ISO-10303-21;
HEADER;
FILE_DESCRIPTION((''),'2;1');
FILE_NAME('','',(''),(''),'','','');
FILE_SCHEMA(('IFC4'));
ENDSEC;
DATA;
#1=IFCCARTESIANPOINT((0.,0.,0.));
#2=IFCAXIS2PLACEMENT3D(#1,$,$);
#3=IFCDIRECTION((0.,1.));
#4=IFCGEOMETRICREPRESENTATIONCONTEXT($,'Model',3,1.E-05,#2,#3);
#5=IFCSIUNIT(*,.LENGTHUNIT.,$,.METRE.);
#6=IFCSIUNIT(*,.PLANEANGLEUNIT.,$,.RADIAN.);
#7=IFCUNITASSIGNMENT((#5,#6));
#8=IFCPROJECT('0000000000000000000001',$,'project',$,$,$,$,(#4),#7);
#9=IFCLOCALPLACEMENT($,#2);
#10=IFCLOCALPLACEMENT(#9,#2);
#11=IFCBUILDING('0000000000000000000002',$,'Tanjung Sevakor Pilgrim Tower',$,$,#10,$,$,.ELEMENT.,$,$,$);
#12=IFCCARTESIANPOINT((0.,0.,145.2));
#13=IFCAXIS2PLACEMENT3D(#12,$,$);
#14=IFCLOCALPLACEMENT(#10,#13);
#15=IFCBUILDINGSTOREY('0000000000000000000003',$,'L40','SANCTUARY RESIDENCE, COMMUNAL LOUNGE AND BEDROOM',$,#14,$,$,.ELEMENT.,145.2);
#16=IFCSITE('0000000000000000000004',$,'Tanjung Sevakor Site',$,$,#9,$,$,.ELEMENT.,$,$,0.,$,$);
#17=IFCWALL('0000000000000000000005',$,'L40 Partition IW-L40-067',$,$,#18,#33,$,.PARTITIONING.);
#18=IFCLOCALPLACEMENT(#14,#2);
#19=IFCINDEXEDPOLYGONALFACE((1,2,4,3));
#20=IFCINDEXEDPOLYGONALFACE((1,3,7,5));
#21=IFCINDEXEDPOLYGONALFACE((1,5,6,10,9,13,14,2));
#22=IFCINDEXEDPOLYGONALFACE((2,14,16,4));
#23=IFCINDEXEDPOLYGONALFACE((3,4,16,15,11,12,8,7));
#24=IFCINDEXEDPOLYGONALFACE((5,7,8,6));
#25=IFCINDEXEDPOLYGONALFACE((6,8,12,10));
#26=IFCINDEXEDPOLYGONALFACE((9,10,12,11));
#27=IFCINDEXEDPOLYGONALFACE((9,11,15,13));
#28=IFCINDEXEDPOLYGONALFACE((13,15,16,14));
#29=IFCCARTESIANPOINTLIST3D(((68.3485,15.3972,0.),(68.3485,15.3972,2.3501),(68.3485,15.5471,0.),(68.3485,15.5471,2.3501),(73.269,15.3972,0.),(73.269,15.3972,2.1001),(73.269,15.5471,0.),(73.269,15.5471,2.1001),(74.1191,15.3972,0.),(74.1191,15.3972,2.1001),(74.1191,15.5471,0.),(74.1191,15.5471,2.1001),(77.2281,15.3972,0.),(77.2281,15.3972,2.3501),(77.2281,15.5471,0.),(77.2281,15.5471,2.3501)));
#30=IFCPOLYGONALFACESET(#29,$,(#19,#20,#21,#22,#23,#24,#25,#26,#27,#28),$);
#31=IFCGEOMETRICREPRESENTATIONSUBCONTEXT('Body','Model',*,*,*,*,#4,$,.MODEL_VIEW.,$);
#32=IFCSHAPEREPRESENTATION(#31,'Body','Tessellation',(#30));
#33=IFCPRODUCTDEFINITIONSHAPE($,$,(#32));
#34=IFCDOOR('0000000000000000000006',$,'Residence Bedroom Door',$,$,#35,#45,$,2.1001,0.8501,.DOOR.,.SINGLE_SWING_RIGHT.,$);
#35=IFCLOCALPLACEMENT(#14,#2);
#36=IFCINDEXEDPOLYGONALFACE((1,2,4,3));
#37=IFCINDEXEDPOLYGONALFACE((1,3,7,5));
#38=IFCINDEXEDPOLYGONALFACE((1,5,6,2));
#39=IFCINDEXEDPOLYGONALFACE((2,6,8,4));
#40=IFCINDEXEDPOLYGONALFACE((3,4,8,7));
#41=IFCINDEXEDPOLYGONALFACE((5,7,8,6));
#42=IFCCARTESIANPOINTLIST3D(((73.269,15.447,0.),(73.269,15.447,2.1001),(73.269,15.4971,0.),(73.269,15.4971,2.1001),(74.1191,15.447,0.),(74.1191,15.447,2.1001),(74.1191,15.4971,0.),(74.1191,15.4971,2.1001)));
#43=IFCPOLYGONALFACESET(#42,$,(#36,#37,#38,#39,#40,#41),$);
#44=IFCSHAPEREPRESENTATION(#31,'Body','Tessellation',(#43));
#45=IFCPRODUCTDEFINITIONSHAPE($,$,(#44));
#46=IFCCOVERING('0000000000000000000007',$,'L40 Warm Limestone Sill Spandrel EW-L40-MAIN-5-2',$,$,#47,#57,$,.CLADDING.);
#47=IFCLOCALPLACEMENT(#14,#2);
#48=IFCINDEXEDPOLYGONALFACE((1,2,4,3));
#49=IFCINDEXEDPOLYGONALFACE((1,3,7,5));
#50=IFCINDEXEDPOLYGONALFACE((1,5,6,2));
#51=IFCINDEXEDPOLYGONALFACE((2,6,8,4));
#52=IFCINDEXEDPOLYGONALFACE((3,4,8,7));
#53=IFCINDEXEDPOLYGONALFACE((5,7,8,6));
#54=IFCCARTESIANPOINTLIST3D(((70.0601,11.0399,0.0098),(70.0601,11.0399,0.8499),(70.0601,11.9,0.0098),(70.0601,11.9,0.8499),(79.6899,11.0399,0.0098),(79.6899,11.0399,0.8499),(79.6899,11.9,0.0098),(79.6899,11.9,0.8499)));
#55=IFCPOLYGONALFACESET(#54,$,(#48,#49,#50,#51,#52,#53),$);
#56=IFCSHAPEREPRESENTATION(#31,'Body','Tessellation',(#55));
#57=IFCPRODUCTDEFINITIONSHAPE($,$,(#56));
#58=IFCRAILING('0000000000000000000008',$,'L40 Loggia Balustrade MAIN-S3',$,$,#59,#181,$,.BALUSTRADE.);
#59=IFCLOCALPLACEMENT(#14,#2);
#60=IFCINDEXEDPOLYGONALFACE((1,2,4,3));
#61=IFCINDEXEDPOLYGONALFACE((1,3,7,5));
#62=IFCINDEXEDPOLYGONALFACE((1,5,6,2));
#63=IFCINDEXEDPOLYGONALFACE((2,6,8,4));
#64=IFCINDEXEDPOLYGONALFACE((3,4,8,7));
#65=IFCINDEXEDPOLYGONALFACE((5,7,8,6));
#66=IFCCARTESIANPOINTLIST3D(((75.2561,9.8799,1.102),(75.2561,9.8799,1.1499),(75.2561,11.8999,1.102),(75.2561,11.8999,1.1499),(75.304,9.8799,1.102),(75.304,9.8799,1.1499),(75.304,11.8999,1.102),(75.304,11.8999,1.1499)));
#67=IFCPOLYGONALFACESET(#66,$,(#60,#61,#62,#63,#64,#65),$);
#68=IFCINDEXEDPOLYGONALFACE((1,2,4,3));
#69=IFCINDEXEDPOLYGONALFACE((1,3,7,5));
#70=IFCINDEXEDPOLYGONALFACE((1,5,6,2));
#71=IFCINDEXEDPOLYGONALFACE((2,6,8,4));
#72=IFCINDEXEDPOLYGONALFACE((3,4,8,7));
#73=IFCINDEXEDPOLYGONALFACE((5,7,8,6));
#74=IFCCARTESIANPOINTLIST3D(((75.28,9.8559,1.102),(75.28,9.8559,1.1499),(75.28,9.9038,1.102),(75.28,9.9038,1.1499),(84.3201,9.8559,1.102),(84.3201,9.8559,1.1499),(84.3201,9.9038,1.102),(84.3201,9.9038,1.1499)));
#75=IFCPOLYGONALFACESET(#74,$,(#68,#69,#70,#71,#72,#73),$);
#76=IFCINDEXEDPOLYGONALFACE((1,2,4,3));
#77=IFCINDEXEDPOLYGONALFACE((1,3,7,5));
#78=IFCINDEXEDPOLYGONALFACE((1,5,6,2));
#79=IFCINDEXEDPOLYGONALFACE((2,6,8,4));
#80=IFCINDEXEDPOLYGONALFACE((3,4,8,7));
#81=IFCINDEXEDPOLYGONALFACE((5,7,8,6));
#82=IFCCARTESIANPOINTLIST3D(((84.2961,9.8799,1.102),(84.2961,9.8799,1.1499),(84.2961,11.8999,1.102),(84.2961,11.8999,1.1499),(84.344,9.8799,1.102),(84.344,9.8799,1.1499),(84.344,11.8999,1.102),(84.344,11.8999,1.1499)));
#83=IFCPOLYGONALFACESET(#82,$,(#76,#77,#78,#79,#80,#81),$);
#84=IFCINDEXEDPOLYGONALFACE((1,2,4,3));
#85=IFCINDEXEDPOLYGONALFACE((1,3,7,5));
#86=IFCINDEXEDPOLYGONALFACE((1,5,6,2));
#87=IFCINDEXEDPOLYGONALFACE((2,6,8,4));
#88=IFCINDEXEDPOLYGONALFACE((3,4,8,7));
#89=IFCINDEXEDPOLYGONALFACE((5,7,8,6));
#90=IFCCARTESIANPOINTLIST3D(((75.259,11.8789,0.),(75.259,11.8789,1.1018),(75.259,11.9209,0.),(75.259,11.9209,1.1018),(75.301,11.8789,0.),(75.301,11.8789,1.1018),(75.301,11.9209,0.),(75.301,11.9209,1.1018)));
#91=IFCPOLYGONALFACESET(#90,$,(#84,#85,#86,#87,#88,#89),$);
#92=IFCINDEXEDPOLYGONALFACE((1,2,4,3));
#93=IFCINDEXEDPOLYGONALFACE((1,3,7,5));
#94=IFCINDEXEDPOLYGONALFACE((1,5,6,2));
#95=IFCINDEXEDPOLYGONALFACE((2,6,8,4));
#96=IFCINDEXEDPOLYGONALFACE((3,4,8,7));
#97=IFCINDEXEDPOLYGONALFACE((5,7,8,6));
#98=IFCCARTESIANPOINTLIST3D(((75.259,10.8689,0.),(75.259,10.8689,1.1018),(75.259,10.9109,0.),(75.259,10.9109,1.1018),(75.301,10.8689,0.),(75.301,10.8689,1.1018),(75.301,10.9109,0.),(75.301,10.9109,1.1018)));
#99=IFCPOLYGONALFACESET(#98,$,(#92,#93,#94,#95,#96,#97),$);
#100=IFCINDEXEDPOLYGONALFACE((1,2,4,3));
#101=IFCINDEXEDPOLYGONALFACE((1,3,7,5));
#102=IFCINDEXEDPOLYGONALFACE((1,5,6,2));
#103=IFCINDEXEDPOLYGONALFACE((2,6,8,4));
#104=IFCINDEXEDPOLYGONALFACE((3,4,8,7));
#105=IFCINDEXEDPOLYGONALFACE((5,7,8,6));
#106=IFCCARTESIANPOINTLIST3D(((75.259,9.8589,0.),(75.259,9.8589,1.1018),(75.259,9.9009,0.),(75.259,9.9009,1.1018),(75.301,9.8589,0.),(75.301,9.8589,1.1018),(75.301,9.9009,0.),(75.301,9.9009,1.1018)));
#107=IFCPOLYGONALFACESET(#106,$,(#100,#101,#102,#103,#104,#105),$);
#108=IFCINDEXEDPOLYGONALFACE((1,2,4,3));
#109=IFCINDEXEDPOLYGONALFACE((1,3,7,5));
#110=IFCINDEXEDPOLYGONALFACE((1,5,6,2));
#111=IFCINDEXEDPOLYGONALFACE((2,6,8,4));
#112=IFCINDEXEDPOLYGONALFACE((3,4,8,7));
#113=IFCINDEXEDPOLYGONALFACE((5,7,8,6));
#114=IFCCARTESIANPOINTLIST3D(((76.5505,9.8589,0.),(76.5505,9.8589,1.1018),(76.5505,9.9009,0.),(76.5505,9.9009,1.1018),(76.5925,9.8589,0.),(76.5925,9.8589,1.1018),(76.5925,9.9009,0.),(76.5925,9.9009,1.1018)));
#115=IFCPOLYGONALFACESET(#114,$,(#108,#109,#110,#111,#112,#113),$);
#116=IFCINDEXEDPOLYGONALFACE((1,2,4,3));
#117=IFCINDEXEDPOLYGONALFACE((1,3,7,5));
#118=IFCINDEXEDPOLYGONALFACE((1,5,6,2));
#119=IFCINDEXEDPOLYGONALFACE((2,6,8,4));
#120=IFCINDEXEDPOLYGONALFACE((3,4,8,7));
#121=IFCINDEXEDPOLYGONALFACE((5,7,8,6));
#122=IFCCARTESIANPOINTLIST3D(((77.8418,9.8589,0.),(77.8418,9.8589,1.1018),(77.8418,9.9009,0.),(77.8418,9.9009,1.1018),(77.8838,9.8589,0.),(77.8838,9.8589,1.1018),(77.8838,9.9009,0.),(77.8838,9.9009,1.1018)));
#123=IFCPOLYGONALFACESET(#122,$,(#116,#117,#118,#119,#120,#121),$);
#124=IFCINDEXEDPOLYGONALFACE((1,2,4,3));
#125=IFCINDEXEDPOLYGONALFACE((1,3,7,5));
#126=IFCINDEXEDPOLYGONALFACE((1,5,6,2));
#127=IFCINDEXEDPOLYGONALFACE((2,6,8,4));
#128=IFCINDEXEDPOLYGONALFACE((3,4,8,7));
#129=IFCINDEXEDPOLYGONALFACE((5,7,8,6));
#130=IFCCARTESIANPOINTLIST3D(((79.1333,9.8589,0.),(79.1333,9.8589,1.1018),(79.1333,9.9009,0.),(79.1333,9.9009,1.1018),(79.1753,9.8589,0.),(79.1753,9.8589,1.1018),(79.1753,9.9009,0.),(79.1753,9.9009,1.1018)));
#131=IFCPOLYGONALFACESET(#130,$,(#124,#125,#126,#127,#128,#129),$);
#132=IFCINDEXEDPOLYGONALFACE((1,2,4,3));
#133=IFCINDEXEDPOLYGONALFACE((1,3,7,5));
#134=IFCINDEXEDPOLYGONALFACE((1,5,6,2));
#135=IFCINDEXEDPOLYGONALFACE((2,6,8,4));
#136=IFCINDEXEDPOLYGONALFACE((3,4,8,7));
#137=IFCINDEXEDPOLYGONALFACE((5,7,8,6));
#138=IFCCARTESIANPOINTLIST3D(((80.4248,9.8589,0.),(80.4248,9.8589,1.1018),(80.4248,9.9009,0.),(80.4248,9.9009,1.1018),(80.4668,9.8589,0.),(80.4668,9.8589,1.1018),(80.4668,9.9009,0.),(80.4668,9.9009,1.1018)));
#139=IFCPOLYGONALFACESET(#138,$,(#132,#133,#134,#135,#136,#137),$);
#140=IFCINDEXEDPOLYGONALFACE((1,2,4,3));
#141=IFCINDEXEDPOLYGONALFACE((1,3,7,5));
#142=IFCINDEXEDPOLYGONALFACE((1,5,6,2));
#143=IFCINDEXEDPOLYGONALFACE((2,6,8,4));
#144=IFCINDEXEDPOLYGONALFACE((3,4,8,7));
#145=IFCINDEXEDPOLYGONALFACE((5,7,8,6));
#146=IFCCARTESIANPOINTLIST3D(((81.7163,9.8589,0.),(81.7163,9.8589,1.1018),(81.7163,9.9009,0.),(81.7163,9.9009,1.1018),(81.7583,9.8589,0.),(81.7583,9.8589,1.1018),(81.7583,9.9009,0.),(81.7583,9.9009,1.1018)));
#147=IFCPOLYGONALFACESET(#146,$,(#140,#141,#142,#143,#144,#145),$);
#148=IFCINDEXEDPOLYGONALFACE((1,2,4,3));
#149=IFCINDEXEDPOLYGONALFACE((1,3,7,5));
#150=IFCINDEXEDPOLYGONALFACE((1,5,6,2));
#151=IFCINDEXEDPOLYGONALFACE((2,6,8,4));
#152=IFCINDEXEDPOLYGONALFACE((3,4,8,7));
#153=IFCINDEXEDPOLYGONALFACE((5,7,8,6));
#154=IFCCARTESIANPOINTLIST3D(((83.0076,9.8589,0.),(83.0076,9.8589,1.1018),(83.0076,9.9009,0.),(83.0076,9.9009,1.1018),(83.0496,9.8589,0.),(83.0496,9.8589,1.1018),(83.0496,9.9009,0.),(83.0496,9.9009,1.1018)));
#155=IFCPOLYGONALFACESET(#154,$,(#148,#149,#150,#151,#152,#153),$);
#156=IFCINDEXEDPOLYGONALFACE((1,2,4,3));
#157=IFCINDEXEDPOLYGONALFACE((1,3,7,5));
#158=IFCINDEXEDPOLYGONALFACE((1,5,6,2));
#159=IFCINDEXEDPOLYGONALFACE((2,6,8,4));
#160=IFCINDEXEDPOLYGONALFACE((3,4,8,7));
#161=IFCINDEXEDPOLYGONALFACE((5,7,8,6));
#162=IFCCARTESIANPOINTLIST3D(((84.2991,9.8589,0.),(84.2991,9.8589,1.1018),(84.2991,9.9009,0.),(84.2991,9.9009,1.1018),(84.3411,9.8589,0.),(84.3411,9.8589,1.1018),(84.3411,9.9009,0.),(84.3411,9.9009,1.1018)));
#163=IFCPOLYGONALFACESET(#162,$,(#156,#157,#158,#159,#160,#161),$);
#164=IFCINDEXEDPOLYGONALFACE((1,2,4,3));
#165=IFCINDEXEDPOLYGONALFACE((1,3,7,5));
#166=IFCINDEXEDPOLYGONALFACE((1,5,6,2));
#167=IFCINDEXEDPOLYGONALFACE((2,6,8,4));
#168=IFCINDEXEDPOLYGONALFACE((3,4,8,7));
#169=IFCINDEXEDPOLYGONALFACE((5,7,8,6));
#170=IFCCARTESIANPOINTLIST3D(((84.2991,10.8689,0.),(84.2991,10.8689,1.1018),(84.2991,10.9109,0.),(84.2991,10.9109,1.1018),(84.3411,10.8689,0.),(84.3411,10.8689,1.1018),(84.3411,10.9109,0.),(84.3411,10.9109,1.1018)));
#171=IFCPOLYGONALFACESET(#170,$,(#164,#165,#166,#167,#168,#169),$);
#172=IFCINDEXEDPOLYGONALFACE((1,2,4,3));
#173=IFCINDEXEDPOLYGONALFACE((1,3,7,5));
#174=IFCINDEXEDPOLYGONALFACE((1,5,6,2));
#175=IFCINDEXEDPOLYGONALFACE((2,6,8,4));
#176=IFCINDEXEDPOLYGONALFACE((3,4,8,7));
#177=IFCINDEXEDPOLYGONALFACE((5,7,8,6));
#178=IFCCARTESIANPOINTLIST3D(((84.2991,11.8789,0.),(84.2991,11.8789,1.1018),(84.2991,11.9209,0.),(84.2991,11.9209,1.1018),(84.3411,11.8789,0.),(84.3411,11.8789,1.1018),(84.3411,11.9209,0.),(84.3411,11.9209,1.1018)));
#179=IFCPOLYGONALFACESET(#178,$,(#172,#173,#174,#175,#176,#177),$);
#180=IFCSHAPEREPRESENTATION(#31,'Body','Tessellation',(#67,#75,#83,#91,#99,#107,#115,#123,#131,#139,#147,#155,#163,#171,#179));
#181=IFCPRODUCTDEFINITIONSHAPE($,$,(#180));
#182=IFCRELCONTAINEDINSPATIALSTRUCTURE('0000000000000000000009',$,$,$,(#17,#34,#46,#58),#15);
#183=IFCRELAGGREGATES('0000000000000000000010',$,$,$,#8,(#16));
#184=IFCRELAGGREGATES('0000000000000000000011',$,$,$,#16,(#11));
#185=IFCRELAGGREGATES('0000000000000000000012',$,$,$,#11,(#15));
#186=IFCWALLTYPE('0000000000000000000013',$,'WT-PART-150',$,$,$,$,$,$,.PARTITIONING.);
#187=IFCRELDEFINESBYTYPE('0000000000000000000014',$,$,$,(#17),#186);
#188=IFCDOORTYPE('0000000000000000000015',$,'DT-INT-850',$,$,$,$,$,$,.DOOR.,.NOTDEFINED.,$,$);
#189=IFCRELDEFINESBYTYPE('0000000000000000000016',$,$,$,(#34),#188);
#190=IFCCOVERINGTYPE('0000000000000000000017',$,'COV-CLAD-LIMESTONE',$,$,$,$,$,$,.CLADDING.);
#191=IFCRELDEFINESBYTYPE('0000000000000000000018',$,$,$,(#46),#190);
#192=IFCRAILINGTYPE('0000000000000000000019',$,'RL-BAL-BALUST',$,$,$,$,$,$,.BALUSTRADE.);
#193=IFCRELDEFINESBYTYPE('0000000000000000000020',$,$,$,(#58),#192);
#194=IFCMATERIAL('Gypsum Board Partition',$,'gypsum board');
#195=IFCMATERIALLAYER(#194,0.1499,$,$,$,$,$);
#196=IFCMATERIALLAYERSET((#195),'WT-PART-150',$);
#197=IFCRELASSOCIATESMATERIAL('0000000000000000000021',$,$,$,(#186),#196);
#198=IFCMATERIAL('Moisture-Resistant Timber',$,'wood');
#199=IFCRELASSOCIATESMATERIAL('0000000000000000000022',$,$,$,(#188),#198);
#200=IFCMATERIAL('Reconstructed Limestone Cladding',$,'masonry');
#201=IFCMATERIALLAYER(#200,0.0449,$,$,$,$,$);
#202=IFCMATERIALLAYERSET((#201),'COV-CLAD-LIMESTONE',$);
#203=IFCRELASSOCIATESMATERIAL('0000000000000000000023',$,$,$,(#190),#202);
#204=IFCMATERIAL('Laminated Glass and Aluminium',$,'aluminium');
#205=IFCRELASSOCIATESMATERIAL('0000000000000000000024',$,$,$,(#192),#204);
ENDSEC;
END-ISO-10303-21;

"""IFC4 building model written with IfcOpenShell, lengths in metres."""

from ifc_helpers import new_model, si_unit, direction, frame, frame_2d, origin, origin_2d, place, context, subcontext, project, spatial, rectangle, extrude, material, layer, layer_set, type_object, element, fill, save


model = new_model("IFC4")

# Units and contexts
model_context = context("Model", 3, precision=1e-05, world=origin(), true_north=direction((0.0, 1.0)))
body_context = subcontext(model_context, "Body", "Model", "MODEL_VIEW")
ifc_project = project(units=[si_unit("LENGTHUNIT", "METRE"), si_unit("PLANEANGLEUNIT", "RADIAN")], contexts=[model_context])

# Site, building, storey
site_placement = place(None, origin())
site = spatial("IfcSite", under=ifc_project, at=site_placement, Name="Tanjung Sevakor Site", CompositionType="ELEMENT", RefElevation=0.0)
building_placement = place(site_placement, origin())
building = spatial("IfcBuilding", under=site, at=building_placement, Name="Tanjung Sevakor Pilgrim Tower", CompositionType="ELEMENT")
storey_placement = place(building_placement, frame((0.0, 0.0, 145.2)))
storey = spatial("IfcBuildingStorey", under=building, at=storey_placement, Name="L40", Description="SANCTUARY RESIDENCE, COMMUNAL LOUNGE AND BEDROOM", CompositionType="ELEMENT", Elevation=145.2)

# Shared definitions
ifc_material_1 = material(Name="Gypsum Board Partition", Category="gypsum board")
ifc_layer_1 = layer(ifc_material_1, 0.1499)
ifc_layer_set_1 = layer_set([ifc_layer_1], Name="WT-PART-150")
wall_type_1 = type_object("IfcWallType", Name="WT-PART-150", PredefinedType="PARTITIONING", material=ifc_layer_set_1)

# Shared definitions
ifc_material_2 = material(Name="Moisture-Resistant Timber", Category="wood")
door_type_1 = type_object("IfcDoorType", Name="DT-INT-850", OperationType="NOTDEFINED", PredefinedType="DOOR", material=ifc_material_2)

# Wall, opening, door
wall_1_placement = place(storey_placement, frame((68.3484, 15.4722, 0.0), z_axis=(0.0, 0.0, 1.0), x_axis=(1.0, 0.0, 0.0)))
wall_1 = element("IfcWall", 1, at=wall_1_placement, inside=storey, type_object=wall_type_1, Name="L40 Partition IW-L40-067", PredefinedType="PARTITIONING", context=body_context, shape_type="SweptSolid", body=[
    extrude(rectangle(XDim=8.8796, YDim=0.1499, at=frame_2d((4.4399, 0.0))), origin(), (0.0, 0.0, 1.0), 2.3501),
])
opening_1_placement = place(wall_1_placement, frame((4.9207, 0.0, 0.0)))
opening_1 = element("IfcOpeningElement", 2, at=opening_1_placement, cuts=wall_1, PredefinedType="OPENING", context=body_context, shape_type="SweptSolid", body=[
    extrude(rectangle(XDim=0.8501, YDim=2.1001, at=frame_2d((0.425, 1.05))), frame((0.0, 0.085, 0.0), z_axis=(0.0, -1.0, 0.0), x_axis=(1.0, 0.0, 0.0)), (0.0, 0.0, 1.0), 0.1699),
])
door_1_placement = place(opening_1_placement, origin())
door_1 = element("IfcDoor", 3, at=door_1_placement, inside=storey, type_object=door_type_1, Name="Residence Bedroom Door", OperationType="SINGLE_SWING_RIGHT", OverallHeight=2.1001, OverallWidth=0.8501, PredefinedType="DOOR", context=body_context, shape_type="SweptSolid", body=[
    extrude(rectangle(XDim=0.8501, YDim=2.1001, at=frame_2d((0.425, 1.05))), frame((0.0, 0.0249, 0.0), z_axis=(0.0, -1.0, 0.0), x_axis=(1.0, 0.0, 0.0)), (0.0, 0.0, 1.0), 0.05),
])
fill(opening_1, door_1)

# Covering
ifc_material_3 = material(Name="Reconstructed Limestone Cladding", Category="masonry")
ifc_layer_2 = layer(ifc_material_3, 0.0449)
ifc_layer_set_2 = layer_set([ifc_layer_2], Name="COV-CLAD-LIMESTONE")
covering_type = type_object("IfcCoveringType", Name="COV-CLAD-LIMESTONE", PredefinedType="CLADDING", material=ifc_layer_set_2)
covering_placement = place(storey_placement, frame((74.875, 11.47, 0.0098), z_axis=(0.0, 0.0, 1.0), x_axis=(1.0, 0.0, 0.0)))
element("IfcCovering", 4, at=covering_placement, inside=storey, type_object=covering_type, Name="L40 Warm Limestone Sill Spandrel EW-L40-MAIN-5-2", PredefinedType="CLADDING", context=body_context, shape_type="SweptSolid", body=[
    extrude(rectangle(XDim=9.6299, YDim=0.8601, at=origin_2d()), origin(), (0.0, 0.0, 1.0), 0.8401),
])

# Railing
ifc_material_4 = material(Name="Laminated Glass and Aluminium", Category="aluminium")
railing_type_1 = type_object("IfcRailingType", Name="RL-BAL-BALUST", PredefinedType="BALUSTRADE", material=ifc_material_4)
railing_1_placement = place(storey_placement, frame((75.28, 11.8999, 0.0)))
element("IfcRailing", 5, at=railing_1_placement, inside=storey, type_object=railing_type_1, Name="L40 Loggia Balustrade MAIN-S3", PredefinedType="BALUSTRADE", context=body_context, shape_type="SweptSolid", body=[
    extrude(rectangle(XDim=0.0479, YDim=0.0479), frame((0.0, 0.0, 1.126), z_axis=(0.0, -1.0, 0.0), x_axis=(1.0, 0.0, 0.0)), (0.0, 0.0, 1.0), 2.02),
    extrude(rectangle(XDim=0.0479, YDim=0.0479), frame((0.0, -2.02, 1.126), z_axis=(1.0, 0.0, 0.0), x_axis=(0.0, 1.0, 0.0)), (0.0, 0.0, 1.0), 9.04),
    extrude(rectangle(XDim=0.0479, YDim=0.0479), frame((9.04, -2.02, 1.126), z_axis=(0.0, 1.0, 0.0), x_axis=(-1.0, 0.0, 0.0)), (0.0, 0.0, 1.0), 2.02),
    extrude(rectangle(XDim=0.042, YDim=0.042), origin(), (0.0, 0.0, 1.0), 1.1018),
    extrude(rectangle(XDim=0.042, YDim=0.042), frame((0.0, -1.01, 0.0)), (0.0, 0.0, 1.0), 1.1018),
    extrude(rectangle(XDim=0.042, YDim=0.042), frame((0.0, -2.02, 0.0)), (0.0, 0.0, 1.0), 1.1018),
    extrude(rectangle(XDim=0.042, YDim=0.042), frame((1.2915, -2.02, 0.0)), (0.0, 0.0, 1.0), 1.1018),
    extrude(rectangle(XDim=0.042, YDim=0.042), frame((2.5828, -2.02, 0.0)), (0.0, 0.0, 1.0), 1.1018),
    extrude(rectangle(XDim=0.042, YDim=0.042), frame((3.8743, -2.02, 0.0)), (0.0, 0.0, 1.0), 1.1018),
    extrude(rectangle(XDim=0.042, YDim=0.042), frame((5.1658, -2.02, 0.0)), (0.0, 0.0, 1.0), 1.1018),
    extrude(rectangle(XDim=0.042, YDim=0.042), frame((6.4573, -2.02, 0.0)), (0.0, 0.0, 1.0), 1.1018),
    extrude(rectangle(XDim=0.042, YDim=0.042), frame((7.7485, -2.02, 0.0)), (0.0, 0.0, 1.0), 1.1018),
    extrude(rectangle(XDim=0.042, YDim=0.042), frame((9.04, -2.02, 0.0)), (0.0, 0.0, 1.0), 1.1018),
    extrude(rectangle(XDim=0.042, YDim=0.042), frame((9.04, -1.01, 0.0)), (0.0, 0.0, 1.0), 1.1018),
    extrude(rectangle(XDim=0.042, YDim=0.042), frame((9.04, 0.0, 0.0)), (0.0, 0.0, 1.0), 1.1018),
])

save(model, "model.ifc")
